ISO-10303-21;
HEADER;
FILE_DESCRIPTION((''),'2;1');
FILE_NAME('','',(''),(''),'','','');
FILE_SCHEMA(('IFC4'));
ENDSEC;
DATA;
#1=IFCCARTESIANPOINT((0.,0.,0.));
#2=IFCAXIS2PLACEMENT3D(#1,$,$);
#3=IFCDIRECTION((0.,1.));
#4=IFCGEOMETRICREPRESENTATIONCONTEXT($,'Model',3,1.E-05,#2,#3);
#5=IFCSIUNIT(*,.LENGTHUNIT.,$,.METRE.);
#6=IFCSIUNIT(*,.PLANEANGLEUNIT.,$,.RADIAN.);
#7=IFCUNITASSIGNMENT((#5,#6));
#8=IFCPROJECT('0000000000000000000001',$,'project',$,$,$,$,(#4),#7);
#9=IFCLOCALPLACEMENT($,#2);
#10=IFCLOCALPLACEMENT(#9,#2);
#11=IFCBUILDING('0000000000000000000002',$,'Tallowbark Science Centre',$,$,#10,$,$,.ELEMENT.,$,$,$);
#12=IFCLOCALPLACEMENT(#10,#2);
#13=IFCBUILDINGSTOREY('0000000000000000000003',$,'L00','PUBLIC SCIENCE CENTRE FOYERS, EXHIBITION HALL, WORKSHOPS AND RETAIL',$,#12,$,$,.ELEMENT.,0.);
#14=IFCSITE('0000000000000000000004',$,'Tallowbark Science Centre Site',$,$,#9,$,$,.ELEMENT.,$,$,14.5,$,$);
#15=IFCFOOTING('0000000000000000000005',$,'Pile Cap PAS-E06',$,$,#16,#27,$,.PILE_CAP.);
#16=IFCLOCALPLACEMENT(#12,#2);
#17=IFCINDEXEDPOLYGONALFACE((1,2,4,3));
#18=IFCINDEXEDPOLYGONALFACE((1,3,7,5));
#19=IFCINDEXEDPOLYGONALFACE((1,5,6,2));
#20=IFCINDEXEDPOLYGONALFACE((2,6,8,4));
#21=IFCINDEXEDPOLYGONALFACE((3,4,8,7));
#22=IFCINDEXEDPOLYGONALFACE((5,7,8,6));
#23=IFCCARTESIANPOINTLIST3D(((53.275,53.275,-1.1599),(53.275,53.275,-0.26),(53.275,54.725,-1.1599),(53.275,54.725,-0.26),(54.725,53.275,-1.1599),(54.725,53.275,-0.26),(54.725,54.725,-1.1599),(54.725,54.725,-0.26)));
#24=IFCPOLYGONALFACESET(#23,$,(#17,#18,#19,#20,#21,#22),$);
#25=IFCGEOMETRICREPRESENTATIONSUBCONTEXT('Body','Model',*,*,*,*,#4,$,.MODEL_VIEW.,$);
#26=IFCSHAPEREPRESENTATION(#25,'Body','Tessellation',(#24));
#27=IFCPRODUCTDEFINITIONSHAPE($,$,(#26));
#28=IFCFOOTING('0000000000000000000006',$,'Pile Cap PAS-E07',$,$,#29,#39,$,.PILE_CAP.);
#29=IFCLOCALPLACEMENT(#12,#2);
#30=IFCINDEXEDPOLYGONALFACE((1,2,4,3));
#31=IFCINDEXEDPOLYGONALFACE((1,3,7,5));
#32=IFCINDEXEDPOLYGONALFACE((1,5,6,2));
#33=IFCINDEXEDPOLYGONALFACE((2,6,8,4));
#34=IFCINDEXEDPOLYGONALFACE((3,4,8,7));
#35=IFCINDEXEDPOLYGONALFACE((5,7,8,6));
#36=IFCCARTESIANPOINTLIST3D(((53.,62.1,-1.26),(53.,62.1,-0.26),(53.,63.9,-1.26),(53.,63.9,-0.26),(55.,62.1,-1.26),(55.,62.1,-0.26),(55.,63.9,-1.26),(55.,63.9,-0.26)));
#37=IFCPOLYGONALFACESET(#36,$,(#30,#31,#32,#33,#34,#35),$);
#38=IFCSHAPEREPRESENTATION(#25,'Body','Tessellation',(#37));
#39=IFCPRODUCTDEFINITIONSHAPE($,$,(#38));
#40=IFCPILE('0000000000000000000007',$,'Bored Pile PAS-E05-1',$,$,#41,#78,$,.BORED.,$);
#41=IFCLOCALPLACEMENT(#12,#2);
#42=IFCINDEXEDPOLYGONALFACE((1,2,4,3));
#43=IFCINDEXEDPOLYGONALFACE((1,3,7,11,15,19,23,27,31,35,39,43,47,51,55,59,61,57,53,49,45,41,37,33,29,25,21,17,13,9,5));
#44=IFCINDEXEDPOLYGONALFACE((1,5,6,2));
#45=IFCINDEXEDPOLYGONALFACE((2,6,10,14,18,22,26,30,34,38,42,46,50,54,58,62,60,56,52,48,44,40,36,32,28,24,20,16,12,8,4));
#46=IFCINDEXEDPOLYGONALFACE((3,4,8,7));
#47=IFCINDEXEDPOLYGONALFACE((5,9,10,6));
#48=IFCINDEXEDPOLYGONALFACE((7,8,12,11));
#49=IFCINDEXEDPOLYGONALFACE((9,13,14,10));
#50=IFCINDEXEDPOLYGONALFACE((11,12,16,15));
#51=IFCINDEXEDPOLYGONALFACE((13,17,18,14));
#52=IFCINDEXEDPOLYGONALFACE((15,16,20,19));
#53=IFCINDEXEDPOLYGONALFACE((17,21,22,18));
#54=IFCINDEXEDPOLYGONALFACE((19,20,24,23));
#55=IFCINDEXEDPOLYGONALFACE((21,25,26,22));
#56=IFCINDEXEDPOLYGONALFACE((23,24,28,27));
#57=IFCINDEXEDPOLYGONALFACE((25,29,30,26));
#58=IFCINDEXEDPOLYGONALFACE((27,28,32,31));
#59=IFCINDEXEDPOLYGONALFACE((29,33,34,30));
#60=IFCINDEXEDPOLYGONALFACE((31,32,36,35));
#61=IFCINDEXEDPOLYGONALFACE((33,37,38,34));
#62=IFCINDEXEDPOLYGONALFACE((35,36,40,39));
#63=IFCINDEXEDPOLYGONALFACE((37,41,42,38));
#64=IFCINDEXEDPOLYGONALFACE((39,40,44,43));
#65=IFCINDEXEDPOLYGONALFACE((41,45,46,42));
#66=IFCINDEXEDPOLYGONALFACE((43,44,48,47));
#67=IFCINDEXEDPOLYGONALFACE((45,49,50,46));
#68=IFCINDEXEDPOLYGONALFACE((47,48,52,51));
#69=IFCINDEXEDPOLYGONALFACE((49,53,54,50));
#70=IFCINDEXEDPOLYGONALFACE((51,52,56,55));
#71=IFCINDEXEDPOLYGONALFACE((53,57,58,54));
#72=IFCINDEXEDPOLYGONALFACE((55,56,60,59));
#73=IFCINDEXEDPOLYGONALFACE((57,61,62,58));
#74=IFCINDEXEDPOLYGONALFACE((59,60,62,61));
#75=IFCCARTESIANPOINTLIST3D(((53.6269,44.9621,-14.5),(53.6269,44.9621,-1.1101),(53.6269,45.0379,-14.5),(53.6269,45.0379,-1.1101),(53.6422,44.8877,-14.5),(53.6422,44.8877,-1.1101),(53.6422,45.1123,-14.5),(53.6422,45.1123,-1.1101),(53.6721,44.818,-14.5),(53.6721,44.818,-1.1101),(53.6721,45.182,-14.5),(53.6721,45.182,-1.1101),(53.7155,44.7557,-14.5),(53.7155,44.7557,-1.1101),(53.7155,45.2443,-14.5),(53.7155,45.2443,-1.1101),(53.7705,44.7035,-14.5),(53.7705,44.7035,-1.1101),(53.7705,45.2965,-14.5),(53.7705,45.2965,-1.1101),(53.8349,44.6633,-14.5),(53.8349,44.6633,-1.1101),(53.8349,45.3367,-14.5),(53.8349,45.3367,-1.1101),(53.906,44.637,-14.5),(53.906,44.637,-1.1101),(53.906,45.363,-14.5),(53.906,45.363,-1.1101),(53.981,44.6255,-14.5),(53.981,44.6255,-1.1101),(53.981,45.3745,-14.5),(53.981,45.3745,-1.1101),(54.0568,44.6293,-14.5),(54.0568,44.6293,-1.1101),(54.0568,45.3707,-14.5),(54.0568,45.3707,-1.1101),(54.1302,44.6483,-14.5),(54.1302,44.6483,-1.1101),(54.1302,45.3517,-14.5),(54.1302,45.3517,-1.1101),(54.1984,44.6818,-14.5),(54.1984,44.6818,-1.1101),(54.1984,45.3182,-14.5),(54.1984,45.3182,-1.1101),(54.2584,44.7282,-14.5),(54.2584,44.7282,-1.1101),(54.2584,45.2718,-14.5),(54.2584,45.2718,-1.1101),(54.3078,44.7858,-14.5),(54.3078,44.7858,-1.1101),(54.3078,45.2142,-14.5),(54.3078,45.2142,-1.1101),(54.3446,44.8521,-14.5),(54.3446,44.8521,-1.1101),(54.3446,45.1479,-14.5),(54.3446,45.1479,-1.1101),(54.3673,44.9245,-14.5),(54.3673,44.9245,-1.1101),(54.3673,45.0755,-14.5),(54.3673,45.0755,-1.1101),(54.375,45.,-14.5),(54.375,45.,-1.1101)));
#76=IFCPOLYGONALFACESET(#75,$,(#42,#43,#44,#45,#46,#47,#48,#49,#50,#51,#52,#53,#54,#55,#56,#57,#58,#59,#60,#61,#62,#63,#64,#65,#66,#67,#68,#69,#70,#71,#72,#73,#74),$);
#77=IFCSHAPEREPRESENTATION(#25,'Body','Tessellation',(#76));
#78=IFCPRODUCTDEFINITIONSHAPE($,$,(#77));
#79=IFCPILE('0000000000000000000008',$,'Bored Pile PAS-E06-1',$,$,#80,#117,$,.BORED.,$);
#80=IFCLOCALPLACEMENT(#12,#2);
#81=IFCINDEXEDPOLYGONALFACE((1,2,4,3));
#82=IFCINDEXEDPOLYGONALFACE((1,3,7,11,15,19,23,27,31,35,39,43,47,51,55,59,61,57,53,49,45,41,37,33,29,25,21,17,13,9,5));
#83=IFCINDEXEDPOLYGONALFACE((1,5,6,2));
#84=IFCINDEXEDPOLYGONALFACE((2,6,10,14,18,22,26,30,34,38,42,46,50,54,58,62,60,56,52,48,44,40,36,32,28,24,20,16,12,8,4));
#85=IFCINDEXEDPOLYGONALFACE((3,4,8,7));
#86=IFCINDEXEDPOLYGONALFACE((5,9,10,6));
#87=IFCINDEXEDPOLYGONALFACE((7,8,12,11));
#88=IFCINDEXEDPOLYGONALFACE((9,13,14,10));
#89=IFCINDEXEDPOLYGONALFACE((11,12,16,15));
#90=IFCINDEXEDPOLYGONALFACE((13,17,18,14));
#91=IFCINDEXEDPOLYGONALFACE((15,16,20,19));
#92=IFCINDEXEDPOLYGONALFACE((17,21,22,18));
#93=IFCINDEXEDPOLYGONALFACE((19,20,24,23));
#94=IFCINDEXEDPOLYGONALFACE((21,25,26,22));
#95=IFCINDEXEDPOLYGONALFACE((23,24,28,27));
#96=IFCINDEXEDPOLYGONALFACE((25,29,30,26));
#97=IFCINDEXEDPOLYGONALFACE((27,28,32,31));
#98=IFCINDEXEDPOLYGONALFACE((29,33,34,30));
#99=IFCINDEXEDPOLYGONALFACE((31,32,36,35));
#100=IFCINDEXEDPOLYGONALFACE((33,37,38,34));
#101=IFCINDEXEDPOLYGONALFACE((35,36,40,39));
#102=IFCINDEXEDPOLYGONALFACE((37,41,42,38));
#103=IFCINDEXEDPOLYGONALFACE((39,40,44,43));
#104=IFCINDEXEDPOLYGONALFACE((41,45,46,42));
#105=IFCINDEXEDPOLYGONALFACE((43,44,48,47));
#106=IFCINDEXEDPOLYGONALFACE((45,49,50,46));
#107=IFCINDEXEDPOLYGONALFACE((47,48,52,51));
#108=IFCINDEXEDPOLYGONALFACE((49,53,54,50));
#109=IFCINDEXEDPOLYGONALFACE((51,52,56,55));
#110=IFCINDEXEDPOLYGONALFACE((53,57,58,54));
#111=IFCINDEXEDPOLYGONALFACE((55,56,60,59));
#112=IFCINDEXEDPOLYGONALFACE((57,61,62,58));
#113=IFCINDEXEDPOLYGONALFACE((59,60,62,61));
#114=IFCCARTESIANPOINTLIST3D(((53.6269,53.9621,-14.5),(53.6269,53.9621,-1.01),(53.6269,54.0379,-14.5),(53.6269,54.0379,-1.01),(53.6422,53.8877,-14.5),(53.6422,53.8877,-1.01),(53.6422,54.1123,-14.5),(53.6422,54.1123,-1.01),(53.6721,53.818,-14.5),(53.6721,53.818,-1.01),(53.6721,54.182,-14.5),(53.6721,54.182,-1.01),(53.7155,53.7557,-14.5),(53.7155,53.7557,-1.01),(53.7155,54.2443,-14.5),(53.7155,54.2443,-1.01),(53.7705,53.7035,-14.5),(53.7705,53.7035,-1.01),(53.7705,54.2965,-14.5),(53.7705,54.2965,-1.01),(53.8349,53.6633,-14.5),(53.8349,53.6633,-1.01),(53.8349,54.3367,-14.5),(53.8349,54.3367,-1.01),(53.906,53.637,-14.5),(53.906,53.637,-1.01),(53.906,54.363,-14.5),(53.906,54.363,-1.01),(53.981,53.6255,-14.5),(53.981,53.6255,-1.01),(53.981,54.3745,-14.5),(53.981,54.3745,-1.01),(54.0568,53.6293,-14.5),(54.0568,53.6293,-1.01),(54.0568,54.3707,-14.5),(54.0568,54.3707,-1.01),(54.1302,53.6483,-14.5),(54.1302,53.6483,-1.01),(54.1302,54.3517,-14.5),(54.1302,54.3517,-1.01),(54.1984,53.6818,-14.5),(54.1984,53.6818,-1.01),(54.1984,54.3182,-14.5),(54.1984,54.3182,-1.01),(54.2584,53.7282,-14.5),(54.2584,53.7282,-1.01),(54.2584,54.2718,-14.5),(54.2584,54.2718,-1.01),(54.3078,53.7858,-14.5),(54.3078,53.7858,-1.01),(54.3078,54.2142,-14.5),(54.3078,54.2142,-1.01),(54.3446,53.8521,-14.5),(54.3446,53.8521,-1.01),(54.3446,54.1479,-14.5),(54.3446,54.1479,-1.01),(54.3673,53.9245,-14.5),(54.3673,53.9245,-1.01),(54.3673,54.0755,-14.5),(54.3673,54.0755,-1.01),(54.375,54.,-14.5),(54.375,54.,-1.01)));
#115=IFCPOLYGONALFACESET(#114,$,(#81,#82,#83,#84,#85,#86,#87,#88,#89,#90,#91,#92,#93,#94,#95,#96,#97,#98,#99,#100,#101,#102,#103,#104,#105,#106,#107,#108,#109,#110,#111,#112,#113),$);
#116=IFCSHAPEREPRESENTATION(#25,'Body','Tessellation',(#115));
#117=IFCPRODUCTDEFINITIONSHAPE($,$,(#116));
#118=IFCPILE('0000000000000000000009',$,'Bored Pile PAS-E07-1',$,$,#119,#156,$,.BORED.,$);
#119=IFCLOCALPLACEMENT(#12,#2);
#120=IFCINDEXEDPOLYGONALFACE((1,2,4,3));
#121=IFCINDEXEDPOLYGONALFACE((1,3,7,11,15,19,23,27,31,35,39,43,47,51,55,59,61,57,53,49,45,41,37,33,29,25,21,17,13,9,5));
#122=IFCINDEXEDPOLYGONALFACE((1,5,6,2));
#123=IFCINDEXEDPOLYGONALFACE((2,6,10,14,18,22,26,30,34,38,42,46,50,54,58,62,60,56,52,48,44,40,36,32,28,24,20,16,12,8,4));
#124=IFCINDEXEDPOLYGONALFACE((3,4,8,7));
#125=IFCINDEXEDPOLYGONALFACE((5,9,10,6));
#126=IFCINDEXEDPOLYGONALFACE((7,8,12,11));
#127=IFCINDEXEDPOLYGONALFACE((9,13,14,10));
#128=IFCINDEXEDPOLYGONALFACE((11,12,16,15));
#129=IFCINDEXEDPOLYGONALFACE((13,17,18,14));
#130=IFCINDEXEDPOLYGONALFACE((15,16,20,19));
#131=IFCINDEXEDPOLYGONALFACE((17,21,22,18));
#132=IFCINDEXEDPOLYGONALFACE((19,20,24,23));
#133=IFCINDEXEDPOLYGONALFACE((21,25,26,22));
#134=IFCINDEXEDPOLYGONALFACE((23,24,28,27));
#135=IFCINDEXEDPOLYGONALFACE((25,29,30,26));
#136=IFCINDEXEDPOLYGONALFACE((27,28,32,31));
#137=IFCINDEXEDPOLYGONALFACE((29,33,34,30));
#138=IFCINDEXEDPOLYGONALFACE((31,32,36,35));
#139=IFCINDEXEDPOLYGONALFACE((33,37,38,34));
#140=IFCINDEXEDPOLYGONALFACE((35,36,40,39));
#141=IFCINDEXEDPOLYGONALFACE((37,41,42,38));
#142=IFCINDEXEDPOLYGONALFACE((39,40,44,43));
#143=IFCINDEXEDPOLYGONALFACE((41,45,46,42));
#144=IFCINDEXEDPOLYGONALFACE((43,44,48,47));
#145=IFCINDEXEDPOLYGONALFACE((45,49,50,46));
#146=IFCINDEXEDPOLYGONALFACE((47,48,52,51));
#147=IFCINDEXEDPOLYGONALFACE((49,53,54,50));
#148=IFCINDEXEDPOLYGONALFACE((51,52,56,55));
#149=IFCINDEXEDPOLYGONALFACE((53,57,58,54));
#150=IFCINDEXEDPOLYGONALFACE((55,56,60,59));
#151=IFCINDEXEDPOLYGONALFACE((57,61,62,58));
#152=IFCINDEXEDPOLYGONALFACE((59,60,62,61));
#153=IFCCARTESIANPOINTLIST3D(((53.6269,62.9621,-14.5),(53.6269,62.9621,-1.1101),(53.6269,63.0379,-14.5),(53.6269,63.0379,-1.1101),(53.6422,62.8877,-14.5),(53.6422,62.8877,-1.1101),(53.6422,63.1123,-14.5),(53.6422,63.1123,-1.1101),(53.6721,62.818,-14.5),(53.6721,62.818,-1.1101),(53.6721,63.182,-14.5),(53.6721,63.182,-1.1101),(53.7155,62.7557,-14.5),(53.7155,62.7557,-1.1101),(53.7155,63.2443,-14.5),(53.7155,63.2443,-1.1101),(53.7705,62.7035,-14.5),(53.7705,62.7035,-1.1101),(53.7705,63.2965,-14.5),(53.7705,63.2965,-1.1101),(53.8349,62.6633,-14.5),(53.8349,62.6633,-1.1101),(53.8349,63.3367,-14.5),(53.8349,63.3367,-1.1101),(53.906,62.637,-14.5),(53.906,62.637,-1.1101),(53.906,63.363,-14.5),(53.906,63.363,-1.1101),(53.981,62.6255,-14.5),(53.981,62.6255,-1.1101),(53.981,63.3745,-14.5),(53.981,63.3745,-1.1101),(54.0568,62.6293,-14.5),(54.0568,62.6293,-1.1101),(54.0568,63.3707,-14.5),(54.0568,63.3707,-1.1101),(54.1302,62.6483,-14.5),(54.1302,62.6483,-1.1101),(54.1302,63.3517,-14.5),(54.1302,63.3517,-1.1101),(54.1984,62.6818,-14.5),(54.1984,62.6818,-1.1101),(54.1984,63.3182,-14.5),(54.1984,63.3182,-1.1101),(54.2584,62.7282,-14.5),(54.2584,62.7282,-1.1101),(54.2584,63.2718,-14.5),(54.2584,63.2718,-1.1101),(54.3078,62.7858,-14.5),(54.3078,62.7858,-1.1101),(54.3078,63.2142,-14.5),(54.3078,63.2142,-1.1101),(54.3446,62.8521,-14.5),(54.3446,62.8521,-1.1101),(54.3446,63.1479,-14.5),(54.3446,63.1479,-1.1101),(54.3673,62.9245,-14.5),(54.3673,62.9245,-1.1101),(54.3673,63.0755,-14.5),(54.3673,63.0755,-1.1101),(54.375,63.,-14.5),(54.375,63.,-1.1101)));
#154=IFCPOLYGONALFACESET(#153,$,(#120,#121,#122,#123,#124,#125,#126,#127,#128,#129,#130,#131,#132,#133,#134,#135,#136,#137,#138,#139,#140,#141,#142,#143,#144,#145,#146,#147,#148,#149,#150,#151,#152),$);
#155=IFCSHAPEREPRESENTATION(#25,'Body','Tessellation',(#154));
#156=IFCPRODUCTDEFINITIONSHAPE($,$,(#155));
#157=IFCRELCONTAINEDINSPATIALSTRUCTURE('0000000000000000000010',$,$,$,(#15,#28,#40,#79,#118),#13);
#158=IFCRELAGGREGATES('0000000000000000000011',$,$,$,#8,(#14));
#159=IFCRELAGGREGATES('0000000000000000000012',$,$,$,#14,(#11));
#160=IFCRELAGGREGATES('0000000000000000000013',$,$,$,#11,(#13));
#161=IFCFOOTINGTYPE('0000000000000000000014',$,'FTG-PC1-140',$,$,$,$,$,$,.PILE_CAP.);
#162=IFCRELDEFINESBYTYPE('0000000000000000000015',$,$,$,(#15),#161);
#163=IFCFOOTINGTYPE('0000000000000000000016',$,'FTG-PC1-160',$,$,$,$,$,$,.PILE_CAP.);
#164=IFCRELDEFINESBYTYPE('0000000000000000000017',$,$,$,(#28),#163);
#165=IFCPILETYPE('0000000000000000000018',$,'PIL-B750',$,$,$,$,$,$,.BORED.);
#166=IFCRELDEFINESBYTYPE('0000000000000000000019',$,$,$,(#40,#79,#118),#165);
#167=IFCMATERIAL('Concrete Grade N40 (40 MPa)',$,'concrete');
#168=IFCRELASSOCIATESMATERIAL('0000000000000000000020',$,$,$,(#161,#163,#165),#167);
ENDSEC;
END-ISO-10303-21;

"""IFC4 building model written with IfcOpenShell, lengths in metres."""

from ifc_helpers import new_model, si_unit, direction, frame, origin, origin_2d, place, context, subcontext, project, spatial, rectangle, circle, extrude, material, material_profile, profile_set, type_object, element, save


model = new_model("IFC4")

# Units and contexts
model_context = context("Model", 3, precision=1e-05, world=origin(), true_north=direction((0.0, 1.0)))
body_context = subcontext(model_context, "Body", "Model", "MODEL_VIEW")
ifc_project = project(units=[si_unit("LENGTHUNIT", "METRE"), si_unit("PLANEANGLEUNIT", "RADIAN")], contexts=[model_context])

# Site, building, storey
site_placement = place(None, origin())
site = spatial("IfcSite", under=ifc_project, at=site_placement, Name="Tallowbark Science Centre Site", CompositionType="ELEMENT", RefElevation=14.5)
building_placement = place(site_placement, origin())
building = spatial("IfcBuilding", under=site, at=building_placement, Name="Tallowbark Science Centre", CompositionType="ELEMENT")
storey_placement = place(building_placement, origin())
storey = spatial("IfcBuildingStorey", under=building, at=storey_placement, Name="L00", Description="PUBLIC SCIENCE CENTRE FOYERS, EXHIBITION HALL, WORKSHOPS AND RETAIL", CompositionType="ELEMENT", Elevation=0.0)

# Footings
ifc_material_1 = material(Name="Concrete Grade N40 (40 MPa)", Category="concrete")
footing_type_1 = type_object("IfcFootingType", Name="FTG-PC1-140", PredefinedType="PILE_CAP", material=ifc_material_1)
footing_1_placement = place(storey_placement, frame((54.0, 54.0, -1.1599), z_axis=(0.0, 0.0, 1.0), x_axis=(1.0, 0.0, 0.0)))
element("IfcFooting", 1, at=footing_1_placement, inside=storey, type_object=footing_type_1, Name="Pile Cap PAS-E06", PredefinedType="PILE_CAP", context=body_context, shape_type="SweptSolid", body=[
    extrude(rectangle(XDim=1.45, YDim=1.45, at=origin_2d()), origin(), (0.0, 0.0, 1.0), 0.8999),
])
footing_type_2 = type_object("IfcFootingType", Name="FTG-PC1-160", PredefinedType="PILE_CAP", material=ifc_material_1)
footing_2_placement = place(storey_placement, frame((54.0, 63.0, -1.26), z_axis=(0.0, 0.0, 1.0), x_axis=(1.0, 0.0, 0.0)))
element("IfcFooting", 2, at=footing_2_placement, inside=storey, type_object=footing_type_2, Name="Pile Cap PAS-E07", PredefinedType="PILE_CAP", context=body_context, shape_type="SweptSolid", body=[
    extrude(rectangle(XDim=2.0, YDim=1.8, at=origin_2d()), origin(), (0.0, 0.0, 1.0), 1.0),
])

# Piles
ifc_material_profile_1 = material_profile(ifc_material_1, circle(Radius=0.375, at=origin_2d()), Name="PILE750")
ifc_profile_set_1 = profile_set([ifc_material_profile_1], Name="Concrete Grade N40 (40 MPa)")
pile_type = type_object("IfcPileType", Name="PIL-B750", PredefinedType="BORED", material=ifc_profile_set_1)
pile_1_placement = place(storey_placement, frame((54.0, 45.0, -1.1101), z_axis=(0.0, 0.0, -1.0), x_axis=(1.0, 0.0, 0.0)))
element("IfcPile", 3, at=pile_1_placement, inside=storey, type_object=pile_type, Name="Bored Pile PAS-E05-1", PredefinedType="BORED", context=body_context, shape_type="SweptSolid", body=[
    extrude(circle(Radius=0.375, at=origin_2d()), origin(), (0.0, 0.0, 1.0), 13.3899),
])
pile_2_placement = place(storey_placement, frame((54.0, 54.0, -1.01), z_axis=(0.0, 0.0, -1.0), x_axis=(1.0, 0.0, 0.0)))
element("IfcPile", 4, at=pile_2_placement, inside=storey, type_object=pile_type, Name="Bored Pile PAS-E06-1", PredefinedType="BORED", context=body_context, shape_type="SweptSolid", body=[
    extrude(circle(Radius=0.375, at=origin_2d()), origin(), (0.0, 0.0, 1.0), 13.49),
])
pile_3_placement = place(storey_placement, frame((54.0, 63.0, -1.1101), z_axis=(0.0, 0.0, -1.0), x_axis=(1.0, 0.0, 0.0)))
element("IfcPile", 5, at=pile_3_placement, inside=storey, type_object=pile_type, Name="Bored Pile PAS-E07-1", PredefinedType="BORED", context=body_context, shape_type="SweptSolid", body=[
    extrude(circle(Radius=0.375, at=origin_2d()), origin(), (0.0, 0.0, 1.0), 13.3899),
])

save(model, "model.ifc")
